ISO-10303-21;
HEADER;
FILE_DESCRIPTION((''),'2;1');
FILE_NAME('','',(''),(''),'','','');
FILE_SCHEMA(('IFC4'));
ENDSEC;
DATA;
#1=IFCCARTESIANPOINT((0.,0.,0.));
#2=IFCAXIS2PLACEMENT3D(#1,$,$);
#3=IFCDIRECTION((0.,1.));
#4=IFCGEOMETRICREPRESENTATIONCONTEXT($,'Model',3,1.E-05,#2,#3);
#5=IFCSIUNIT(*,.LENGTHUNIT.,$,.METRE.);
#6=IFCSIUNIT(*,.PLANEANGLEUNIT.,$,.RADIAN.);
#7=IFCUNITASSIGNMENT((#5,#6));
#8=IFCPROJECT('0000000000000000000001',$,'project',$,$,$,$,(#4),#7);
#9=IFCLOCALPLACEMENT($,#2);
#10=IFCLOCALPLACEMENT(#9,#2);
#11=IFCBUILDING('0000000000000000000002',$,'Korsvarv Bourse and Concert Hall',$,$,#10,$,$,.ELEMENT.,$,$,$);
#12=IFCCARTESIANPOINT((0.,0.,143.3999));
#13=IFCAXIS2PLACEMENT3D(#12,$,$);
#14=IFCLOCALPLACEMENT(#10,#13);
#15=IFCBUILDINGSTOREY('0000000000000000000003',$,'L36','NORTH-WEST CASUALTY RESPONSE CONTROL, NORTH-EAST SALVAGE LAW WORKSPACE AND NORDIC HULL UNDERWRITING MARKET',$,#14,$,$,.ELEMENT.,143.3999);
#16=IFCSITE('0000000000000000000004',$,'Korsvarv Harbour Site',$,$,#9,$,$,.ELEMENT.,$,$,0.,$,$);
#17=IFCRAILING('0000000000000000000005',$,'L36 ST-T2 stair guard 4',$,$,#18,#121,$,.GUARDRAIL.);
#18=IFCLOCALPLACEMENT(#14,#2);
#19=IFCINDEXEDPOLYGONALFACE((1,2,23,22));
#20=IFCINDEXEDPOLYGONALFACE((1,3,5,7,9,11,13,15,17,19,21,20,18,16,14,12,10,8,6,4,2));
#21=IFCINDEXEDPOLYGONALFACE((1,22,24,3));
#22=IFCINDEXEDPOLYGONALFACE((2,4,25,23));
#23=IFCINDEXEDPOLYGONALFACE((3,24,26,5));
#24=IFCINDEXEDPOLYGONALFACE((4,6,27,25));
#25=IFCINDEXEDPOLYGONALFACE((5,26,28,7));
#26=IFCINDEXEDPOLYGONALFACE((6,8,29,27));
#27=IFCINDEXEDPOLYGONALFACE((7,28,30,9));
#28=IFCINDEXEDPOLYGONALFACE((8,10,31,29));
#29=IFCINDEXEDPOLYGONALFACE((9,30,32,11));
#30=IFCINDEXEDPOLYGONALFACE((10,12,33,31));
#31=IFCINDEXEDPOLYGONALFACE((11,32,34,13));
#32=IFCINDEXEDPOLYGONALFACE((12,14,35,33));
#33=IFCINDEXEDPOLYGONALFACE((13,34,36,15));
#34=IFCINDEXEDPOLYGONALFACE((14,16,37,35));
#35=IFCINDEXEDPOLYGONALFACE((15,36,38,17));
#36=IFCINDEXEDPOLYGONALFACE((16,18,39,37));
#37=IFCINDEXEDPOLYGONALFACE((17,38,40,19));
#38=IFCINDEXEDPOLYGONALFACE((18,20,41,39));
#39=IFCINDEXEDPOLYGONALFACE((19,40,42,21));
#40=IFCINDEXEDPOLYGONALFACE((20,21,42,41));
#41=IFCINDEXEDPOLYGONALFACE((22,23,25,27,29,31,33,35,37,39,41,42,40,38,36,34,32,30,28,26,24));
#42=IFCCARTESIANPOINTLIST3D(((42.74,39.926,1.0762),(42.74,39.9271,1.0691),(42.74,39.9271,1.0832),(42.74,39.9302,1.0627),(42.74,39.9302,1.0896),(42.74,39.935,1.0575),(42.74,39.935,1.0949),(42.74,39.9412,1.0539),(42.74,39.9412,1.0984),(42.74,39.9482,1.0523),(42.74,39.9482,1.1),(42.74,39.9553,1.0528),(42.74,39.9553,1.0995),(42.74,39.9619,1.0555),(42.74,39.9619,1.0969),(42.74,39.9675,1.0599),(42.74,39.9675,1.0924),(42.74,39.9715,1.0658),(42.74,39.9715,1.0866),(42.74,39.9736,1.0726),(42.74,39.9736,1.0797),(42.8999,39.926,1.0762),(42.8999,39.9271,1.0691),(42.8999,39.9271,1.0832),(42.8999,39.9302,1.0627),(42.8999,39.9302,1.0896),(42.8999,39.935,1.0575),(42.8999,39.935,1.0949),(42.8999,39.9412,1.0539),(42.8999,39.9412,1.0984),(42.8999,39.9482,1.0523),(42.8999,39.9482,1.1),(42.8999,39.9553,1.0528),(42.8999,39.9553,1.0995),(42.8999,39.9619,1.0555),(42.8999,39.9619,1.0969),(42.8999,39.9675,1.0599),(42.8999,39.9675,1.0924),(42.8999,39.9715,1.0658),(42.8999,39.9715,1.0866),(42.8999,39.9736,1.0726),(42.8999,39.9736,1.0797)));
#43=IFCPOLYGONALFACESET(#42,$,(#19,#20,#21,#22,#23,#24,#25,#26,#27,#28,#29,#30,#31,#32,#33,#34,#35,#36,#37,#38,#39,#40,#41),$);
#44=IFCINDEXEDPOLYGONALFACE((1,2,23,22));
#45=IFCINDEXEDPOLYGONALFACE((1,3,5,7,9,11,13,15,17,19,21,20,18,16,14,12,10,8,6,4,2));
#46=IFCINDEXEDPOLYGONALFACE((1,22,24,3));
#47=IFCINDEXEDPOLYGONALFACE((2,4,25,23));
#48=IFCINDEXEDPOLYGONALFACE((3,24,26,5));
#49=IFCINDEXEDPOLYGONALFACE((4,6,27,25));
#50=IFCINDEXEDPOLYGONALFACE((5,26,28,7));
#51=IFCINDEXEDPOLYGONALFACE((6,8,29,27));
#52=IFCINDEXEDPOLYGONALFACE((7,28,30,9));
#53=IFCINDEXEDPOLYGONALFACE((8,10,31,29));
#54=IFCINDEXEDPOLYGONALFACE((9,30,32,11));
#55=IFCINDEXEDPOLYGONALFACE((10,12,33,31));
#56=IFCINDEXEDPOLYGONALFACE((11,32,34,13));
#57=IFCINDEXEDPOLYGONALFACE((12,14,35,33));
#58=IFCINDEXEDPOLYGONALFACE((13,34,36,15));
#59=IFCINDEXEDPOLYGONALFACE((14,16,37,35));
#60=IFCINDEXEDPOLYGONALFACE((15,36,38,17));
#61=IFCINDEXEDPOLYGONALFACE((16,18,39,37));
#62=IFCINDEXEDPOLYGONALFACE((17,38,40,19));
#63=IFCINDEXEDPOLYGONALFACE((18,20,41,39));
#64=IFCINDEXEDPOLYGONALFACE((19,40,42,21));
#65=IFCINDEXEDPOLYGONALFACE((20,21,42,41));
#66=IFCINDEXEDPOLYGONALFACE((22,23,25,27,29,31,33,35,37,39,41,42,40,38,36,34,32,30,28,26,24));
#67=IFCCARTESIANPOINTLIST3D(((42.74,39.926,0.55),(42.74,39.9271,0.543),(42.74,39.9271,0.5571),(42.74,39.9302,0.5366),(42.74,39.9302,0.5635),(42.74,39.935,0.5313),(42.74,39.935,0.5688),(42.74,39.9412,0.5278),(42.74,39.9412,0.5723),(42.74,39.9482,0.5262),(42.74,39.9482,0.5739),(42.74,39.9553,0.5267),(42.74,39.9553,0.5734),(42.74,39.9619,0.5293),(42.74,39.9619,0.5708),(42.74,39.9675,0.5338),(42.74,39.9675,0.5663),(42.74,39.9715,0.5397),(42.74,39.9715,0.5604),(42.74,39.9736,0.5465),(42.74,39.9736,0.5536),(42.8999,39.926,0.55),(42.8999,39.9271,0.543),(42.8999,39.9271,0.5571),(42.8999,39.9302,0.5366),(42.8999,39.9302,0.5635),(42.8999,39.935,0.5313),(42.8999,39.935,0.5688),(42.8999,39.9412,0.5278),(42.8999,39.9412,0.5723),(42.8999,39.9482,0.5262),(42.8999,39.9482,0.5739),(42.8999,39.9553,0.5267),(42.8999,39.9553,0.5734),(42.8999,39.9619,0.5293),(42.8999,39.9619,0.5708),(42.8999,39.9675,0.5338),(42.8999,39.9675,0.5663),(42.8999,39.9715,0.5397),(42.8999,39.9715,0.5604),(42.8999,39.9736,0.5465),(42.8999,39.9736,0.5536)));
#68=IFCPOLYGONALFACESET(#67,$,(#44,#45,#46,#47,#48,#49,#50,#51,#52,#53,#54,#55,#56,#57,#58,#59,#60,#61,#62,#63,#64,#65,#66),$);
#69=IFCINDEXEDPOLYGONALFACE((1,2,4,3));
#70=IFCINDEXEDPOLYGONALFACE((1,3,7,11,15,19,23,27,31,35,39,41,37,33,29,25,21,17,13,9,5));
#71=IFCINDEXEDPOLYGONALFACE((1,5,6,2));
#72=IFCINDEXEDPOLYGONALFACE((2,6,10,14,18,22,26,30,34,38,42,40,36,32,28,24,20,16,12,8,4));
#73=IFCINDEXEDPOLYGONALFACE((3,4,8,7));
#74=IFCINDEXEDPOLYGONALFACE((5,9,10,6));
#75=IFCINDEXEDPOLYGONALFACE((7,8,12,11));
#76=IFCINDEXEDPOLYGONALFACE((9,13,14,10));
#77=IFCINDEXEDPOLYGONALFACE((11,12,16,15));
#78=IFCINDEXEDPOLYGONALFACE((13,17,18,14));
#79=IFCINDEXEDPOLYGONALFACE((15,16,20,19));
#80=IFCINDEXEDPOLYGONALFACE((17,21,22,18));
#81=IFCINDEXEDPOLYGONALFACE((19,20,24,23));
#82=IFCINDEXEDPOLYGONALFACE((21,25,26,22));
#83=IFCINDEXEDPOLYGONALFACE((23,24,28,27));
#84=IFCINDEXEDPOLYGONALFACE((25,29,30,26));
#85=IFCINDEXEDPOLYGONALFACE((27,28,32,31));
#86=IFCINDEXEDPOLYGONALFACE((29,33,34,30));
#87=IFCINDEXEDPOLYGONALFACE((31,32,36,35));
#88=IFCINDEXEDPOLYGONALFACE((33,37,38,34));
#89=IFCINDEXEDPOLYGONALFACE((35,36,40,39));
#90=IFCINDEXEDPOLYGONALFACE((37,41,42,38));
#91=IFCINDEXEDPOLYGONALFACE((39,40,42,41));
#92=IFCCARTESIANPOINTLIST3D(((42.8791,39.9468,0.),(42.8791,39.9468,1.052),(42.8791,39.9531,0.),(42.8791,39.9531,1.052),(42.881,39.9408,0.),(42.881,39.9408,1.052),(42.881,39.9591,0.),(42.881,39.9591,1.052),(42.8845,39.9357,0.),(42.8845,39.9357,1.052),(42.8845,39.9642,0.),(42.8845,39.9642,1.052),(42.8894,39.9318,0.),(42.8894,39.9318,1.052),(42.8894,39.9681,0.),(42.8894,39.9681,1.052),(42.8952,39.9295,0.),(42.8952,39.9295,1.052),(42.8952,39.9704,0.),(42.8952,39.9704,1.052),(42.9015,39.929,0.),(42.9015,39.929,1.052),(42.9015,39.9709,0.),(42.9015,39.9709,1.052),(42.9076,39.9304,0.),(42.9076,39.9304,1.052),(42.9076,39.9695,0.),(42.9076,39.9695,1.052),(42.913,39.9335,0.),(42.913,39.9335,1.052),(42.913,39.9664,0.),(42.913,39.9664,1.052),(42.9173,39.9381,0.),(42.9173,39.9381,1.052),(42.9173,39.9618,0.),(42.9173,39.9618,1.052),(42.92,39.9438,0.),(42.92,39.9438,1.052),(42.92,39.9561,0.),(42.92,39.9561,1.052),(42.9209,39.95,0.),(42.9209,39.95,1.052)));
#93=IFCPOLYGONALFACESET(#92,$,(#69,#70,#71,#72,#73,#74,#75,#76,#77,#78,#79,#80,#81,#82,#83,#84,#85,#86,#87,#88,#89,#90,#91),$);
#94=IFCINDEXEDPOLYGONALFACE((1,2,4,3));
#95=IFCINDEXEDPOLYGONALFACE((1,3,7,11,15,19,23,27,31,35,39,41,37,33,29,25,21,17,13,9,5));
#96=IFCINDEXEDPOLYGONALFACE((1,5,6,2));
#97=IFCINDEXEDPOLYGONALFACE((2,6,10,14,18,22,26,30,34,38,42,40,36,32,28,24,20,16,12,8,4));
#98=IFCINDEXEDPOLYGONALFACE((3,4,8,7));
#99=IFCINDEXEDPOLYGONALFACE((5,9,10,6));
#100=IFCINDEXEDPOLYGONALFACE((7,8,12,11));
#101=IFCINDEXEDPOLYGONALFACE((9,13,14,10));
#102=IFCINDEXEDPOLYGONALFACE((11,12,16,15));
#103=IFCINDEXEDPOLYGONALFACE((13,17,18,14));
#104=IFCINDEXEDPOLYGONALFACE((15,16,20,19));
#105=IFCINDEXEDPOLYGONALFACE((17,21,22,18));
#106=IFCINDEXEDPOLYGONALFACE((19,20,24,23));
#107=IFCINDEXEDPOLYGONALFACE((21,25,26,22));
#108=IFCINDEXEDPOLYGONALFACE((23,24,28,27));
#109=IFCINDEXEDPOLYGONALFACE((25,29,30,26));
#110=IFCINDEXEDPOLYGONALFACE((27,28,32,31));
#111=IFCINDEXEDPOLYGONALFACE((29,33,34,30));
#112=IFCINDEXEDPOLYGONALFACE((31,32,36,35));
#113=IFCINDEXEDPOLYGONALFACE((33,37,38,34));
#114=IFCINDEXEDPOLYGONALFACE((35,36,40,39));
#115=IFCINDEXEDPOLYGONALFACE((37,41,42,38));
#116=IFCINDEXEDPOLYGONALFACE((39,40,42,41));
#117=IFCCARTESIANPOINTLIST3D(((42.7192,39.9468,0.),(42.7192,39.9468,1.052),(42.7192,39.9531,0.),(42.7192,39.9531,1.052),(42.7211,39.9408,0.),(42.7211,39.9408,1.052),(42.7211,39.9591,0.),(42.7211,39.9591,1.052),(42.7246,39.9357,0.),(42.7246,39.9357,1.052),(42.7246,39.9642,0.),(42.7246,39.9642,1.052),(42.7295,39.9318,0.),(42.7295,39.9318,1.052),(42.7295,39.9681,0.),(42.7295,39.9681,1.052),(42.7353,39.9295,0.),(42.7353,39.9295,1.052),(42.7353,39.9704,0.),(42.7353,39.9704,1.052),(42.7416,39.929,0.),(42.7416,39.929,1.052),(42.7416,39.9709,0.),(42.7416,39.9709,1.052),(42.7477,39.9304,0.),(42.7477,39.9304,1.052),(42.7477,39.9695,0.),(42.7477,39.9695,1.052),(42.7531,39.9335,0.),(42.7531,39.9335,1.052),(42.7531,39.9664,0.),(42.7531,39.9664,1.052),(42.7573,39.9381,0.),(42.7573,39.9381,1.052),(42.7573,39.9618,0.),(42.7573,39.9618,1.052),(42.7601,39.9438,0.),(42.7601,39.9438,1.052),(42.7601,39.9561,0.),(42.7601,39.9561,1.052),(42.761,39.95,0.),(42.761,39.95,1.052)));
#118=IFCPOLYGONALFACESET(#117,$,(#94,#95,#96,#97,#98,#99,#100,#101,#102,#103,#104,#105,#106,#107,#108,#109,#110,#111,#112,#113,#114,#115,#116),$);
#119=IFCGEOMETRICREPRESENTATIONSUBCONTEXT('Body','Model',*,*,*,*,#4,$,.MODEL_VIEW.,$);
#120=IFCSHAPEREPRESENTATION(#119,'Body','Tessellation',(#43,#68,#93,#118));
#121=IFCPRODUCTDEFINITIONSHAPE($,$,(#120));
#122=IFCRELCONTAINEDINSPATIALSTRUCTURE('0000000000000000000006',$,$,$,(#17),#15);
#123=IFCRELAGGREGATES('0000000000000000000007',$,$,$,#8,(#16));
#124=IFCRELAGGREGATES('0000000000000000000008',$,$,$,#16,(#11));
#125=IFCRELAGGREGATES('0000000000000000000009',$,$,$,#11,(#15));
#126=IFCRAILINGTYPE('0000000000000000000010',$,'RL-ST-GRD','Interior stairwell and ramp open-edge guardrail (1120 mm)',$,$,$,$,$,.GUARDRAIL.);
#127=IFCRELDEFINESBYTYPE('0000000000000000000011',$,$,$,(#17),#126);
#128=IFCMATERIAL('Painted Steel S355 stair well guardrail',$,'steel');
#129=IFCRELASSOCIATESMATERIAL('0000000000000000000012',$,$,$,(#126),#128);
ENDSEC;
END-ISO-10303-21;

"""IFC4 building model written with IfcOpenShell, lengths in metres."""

from ifc_helpers import new_model, si_unit, direction, frame, origin, origin_2d, place, context, subcontext, project, spatial, circle, extrude, material, type_object, element, save


model = new_model("IFC4")

# Units and contexts
model_context = context("Model", 3, precision=1e-05, world=origin(), true_north=direction((0.0, 1.0)))
body_context = subcontext(model_context, "Body", "Model", "MODEL_VIEW")
ifc_project = project(units=[si_unit("LENGTHUNIT", "METRE"), si_unit("PLANEANGLEUNIT", "RADIAN")], contexts=[model_context])

# Site, building, storey
site_placement = place(None, origin())
site = spatial("IfcSite", under=ifc_project, at=site_placement, Name="Korsvarv Harbour Site", CompositionType="ELEMENT", RefElevation=0.0)
building_placement = place(site_placement, origin())
building = spatial("IfcBuilding", under=site, at=building_placement, Name="Korsvarv Bourse and Concert Hall", CompositionType="ELEMENT")
storey_placement = place(building_placement, frame((0.0, 0.0, 143.3999)))
storey = spatial("IfcBuildingStorey", under=building, at=storey_placement, Name="L36", Description="NORTH-WEST CASUALTY RESPONSE CONTROL, NORTH-EAST SALVAGE LAW WORKSPACE AND NORDIC HULL UNDERWRITING MARKET", CompositionType="ELEMENT", Elevation=143.3999)

# Railing
ifc_material_1 = material(Name="Painted Steel S355 stair well guardrail", Category="steel")
railing_type = type_object("IfcRailingType", Name="RL-ST-GRD", Description="Interior stairwell and ramp open-edge guardrail (1120 mm)", PredefinedType="GUARDRAIL", material=ifc_material_1)
railing_1_placement = place(storey_placement, frame((42.8999, 39.95, 0.0)))
element("IfcRailing", 1, at=railing_1_placement, inside=storey, type_object=railing_type, Name="L36 ST-T2 stair guard 4", PredefinedType="GUARDRAIL", context=body_context, shape_type="SweptSolid", body=[
    extrude(circle(Radius=0.0239, at=origin_2d()), frame((0.0, 0.0, 1.0762), z_axis=(-1.0, 0.0, 0.0), x_axis=(0.0, -1.0, 0.0)), (0.0, 0.0, 1.0), 0.1599),
    extrude(circle(Radius=0.0239, at=origin_2d()), frame((0.0, 0.0, 0.55), z_axis=(-1.0, 0.0, 0.0), x_axis=(0.0, -1.0, 0.0)), (0.0, 0.0, 1.0), 0.1599),
    extrude(circle(Radius=0.021, at=origin_2d()), origin(), (0.0, 0.0, 1.0), 1.052),
    extrude(circle(Radius=0.021, at=origin_2d()), frame((-0.1599, 0.0, 0.0)), (0.0, 0.0, 1.0), 1.052),
])

save(model, "model.ifc")
